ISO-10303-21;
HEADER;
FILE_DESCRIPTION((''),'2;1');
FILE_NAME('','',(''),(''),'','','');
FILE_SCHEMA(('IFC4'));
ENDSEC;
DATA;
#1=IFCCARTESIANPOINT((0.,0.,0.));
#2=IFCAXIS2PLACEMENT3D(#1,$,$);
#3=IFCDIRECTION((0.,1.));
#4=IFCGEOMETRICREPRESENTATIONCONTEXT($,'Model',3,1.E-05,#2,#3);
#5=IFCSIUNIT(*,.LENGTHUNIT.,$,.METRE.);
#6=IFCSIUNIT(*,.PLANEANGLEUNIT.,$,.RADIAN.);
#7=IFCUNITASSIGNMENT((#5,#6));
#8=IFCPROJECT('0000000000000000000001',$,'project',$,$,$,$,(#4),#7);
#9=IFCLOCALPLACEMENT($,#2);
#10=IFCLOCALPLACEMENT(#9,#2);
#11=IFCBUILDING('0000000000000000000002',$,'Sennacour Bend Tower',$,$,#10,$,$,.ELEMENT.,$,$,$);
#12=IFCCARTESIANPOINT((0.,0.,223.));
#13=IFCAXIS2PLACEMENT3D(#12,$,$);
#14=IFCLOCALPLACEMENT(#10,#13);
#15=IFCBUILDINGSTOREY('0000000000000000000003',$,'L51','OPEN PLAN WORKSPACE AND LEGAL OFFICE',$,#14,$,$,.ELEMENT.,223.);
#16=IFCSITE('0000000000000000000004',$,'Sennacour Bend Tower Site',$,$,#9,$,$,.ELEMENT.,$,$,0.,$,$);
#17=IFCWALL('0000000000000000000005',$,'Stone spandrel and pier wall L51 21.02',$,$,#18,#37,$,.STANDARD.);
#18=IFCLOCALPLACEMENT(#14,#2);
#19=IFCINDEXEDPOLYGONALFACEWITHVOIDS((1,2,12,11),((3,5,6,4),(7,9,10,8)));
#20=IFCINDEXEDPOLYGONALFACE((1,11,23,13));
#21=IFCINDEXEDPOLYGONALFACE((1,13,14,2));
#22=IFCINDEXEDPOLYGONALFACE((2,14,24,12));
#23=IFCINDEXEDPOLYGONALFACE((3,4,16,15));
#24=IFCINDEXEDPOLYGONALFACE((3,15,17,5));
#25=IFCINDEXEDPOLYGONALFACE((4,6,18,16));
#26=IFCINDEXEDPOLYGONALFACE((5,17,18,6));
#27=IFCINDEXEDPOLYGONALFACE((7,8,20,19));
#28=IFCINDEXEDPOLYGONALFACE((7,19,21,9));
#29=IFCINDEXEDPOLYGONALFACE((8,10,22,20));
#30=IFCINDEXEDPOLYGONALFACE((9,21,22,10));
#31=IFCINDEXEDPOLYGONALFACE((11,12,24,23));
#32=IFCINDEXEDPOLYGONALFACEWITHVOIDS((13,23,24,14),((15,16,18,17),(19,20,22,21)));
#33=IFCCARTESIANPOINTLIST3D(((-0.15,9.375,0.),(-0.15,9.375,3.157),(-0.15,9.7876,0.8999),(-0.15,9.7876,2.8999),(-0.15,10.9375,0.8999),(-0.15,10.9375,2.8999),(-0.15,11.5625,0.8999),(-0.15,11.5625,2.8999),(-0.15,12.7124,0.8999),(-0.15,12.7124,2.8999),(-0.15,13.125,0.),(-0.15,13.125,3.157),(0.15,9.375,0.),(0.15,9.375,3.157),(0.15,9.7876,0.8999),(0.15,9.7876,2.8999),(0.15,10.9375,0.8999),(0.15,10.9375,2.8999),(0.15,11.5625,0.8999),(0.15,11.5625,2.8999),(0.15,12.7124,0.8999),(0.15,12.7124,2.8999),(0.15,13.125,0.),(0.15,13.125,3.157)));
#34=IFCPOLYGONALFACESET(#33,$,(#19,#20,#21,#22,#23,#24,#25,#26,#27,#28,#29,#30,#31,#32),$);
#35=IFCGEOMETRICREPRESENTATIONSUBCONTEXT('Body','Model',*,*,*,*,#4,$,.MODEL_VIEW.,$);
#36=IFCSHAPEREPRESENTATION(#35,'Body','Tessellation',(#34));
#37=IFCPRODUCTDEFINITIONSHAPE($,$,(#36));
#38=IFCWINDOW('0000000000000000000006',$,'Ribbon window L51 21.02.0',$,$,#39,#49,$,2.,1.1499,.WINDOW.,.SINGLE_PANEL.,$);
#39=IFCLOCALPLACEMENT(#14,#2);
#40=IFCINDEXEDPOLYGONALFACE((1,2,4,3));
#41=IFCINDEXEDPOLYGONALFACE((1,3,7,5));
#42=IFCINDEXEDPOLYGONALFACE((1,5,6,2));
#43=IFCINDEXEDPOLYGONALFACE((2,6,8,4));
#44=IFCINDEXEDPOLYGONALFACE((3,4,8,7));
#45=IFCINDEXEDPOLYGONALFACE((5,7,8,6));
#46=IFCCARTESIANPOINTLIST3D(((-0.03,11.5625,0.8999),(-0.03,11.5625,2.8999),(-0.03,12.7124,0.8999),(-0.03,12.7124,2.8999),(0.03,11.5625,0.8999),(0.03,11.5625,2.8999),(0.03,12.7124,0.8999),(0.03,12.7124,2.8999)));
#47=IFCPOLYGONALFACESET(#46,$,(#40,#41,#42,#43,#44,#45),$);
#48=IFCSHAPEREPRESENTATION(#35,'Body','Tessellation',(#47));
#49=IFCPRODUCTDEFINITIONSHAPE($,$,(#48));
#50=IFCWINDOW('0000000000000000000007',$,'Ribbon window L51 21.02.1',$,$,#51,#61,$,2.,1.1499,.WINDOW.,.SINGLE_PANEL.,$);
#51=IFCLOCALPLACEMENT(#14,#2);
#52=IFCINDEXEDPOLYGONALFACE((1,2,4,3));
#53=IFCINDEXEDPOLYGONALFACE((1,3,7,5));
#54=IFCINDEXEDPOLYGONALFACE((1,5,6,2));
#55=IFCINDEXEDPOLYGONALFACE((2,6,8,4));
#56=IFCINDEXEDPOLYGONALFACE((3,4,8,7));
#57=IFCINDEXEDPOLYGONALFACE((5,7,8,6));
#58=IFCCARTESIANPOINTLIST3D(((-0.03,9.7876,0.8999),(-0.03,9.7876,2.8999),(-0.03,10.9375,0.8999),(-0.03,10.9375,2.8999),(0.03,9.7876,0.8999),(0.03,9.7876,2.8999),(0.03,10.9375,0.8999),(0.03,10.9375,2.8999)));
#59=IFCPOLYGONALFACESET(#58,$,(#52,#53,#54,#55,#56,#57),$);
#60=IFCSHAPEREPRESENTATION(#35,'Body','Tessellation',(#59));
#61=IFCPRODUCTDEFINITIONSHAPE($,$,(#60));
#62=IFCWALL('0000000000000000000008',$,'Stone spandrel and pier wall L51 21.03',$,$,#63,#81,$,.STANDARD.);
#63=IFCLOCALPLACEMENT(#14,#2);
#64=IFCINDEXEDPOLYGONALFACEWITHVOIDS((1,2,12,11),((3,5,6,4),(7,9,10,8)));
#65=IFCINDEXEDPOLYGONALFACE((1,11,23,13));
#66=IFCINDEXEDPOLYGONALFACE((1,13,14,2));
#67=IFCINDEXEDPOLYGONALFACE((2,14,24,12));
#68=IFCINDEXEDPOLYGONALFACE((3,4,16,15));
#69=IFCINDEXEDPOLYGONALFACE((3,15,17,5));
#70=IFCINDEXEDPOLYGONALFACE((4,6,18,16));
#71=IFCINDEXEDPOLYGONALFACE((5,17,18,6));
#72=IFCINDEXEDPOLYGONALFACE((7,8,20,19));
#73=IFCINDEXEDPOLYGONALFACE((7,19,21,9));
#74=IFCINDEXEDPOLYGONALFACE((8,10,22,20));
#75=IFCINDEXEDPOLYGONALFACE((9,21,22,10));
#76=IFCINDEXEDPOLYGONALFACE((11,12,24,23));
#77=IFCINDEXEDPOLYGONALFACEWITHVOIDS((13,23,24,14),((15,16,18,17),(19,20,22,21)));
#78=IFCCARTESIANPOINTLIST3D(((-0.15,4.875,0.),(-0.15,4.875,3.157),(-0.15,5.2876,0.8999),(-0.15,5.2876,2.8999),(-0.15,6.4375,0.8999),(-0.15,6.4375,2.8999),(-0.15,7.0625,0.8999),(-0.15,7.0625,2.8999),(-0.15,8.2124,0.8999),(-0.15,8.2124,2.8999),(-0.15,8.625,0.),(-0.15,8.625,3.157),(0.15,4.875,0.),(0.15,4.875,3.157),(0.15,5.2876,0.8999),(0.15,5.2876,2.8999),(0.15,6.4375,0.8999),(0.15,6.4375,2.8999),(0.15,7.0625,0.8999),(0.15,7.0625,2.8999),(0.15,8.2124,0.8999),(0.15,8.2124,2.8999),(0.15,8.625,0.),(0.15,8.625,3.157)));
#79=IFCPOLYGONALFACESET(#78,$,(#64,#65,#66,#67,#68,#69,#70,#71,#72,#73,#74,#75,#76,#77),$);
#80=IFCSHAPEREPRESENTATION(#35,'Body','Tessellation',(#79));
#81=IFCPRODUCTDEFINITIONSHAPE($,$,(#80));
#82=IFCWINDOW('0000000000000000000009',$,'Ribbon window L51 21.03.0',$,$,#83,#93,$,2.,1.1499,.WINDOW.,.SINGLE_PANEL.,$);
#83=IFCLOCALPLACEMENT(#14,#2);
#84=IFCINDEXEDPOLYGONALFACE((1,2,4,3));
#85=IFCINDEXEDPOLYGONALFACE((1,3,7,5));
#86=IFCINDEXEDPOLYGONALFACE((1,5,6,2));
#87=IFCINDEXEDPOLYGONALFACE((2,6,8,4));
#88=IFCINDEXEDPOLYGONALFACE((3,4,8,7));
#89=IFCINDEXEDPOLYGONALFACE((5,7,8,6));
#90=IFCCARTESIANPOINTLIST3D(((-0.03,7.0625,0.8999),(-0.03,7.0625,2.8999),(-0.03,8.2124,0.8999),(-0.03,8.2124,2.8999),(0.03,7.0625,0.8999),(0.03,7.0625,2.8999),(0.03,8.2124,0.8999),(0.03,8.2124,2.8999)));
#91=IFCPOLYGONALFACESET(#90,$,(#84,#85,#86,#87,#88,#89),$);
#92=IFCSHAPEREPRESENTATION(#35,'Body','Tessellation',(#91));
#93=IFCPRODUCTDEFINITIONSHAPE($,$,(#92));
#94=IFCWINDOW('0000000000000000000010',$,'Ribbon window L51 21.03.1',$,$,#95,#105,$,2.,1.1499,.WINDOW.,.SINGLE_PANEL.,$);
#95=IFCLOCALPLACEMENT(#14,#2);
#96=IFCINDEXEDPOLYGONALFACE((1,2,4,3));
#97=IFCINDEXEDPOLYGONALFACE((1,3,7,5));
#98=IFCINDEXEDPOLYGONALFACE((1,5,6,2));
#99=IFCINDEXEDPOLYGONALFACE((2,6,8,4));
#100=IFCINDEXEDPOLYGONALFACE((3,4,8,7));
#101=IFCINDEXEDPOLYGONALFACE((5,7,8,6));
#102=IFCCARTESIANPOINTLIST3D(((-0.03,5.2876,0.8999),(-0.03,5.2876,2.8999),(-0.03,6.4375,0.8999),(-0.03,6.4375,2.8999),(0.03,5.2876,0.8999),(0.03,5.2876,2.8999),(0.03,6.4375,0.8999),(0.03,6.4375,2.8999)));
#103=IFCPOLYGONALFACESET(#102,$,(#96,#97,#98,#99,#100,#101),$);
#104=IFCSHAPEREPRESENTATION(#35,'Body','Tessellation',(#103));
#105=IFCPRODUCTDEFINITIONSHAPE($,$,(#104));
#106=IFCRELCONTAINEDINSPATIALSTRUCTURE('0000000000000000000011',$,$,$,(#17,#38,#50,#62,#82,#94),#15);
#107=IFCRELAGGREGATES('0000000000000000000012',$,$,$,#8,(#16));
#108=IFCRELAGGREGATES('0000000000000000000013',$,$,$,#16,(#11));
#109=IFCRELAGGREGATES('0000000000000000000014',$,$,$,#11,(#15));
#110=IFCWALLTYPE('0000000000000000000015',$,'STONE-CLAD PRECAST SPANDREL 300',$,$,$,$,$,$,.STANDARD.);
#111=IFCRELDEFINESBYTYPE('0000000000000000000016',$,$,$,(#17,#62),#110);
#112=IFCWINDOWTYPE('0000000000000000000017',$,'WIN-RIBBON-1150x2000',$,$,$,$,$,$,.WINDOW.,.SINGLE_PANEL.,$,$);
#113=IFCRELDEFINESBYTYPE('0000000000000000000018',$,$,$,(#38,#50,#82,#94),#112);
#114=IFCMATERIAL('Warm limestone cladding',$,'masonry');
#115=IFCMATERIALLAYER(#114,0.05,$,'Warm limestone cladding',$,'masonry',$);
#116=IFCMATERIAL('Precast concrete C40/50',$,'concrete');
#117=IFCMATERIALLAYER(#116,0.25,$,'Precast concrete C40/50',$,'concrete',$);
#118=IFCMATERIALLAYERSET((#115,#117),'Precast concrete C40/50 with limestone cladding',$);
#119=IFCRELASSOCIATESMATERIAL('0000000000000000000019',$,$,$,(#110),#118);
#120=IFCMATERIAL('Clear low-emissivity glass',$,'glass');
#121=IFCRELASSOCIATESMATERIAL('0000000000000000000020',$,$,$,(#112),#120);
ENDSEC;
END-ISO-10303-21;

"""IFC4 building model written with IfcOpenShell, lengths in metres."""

from ifc_helpers import new_model, si_unit, direction, frame, frame_2d, origin, place, context, subcontext, project, spatial, rectangle, extrude, material, layer, layer_set, type_object, element, fill, save


model = new_model("IFC4")

# Units and contexts
model_context = context("Model", 3, precision=1e-05, world=origin(), true_north=direction((0.0, 1.0)))
body_context = subcontext(model_context, "Body", "Model", "MODEL_VIEW")
ifc_project = project(units=[si_unit("LENGTHUNIT", "METRE"), si_unit("PLANEANGLEUNIT", "RADIAN")], contexts=[model_context])

# Site, building, storey
site_placement = place(None, origin())
site = spatial("IfcSite", under=ifc_project, at=site_placement, Name="Sennacour Bend Tower Site", CompositionType="ELEMENT", RefElevation=0.0)
building_placement = place(site_placement, origin())
building = spatial("IfcBuilding", under=site, at=building_placement, Name="Sennacour Bend Tower", CompositionType="ELEMENT")
storey_placement = place(building_placement, frame((0.0, 0.0, 223.0)))
storey = spatial("IfcBuildingStorey", under=building, at=storey_placement, Name="L51", Description="OPEN PLAN WORKSPACE AND LEGAL OFFICE", CompositionType="ELEMENT", Elevation=223.0)

# Walls, openings, windows
ifc_material_1 = material(Name="Warm limestone cladding", Category="masonry")
ifc_layer_1 = layer(ifc_material_1, 0.05, Name="Warm limestone cladding", Category="masonry")
ifc_material_2 = material(Name="Precast concrete C40/50", Category="concrete")
ifc_layer_2 = layer(ifc_material_2, 0.25, Name="Precast concrete C40/50", Category="concrete")
ifc_layer_set_1 = layer_set([ifc_layer_1, ifc_layer_2], Name="Precast concrete C40/50 with limestone cladding")
wall_type_1 = type_object("IfcWallType", Name="STONE-CLAD PRECAST SPANDREL 300", PredefinedType="STANDARD", material=ifc_layer_set_1)
ifc_material_3 = material(Name="Clear low-emissivity glass", Category="glass")
window_type = type_object("IfcWindowType", Name="WIN-RIBBON-1150x2000", PartitioningType="SINGLE_PANEL", PredefinedType="WINDOW", material=ifc_material_3)
wall_1_placement = place(storey_placement, frame((0.0, 13.125, 0.0), z_axis=(0.0, 0.0, 1.0), x_axis=(0.0, -1.0, 0.0)))
wall_1 = element("IfcWall", 1, at=wall_1_placement, inside=storey, type_object=wall_type_1, Name="Stone spandrel and pier wall L51 21.02", PredefinedType="STANDARD", context=body_context, shape_type="SweptSolid", body=[
    extrude(rectangle(XDim=3.75, YDim=0.3, at=frame_2d((1.875, 0.0))), origin(), (0.0, 0.0, 1.0), 3.157),
])
opening_1_placement = place(wall_1_placement, frame((0.4126, 0.0, 0.8999)))
opening_1 = element("IfcOpeningElement", 2, at=opening_1_placement, cuts=wall_1, PredefinedType="OPENING", context=body_context, shape_type="SweptSolid", body=[
    extrude(rectangle(XDim=1.1499, YDim=2.0, at=frame_2d((0.575, 1.0))), frame((0.0, 0.1602, 0.0), z_axis=(0.0, -1.0, 0.0), x_axis=(1.0, 0.0, 0.0)), (0.0, 0.0, 1.0), 0.3201),
])
opening_2_placement = place(wall_1_placement, frame((2.1875, 0.0, 0.8999)))
opening_2 = element("IfcOpeningElement", 3, at=opening_2_placement, cuts=wall_1, PredefinedType="OPENING", context=body_context, shape_type="SweptSolid", body=[
    extrude(rectangle(XDim=1.1499, YDim=2.0, at=frame_2d((0.575, 1.0))), frame((0.0, 0.1602, 0.0), z_axis=(0.0, -1.0, 0.0), x_axis=(1.0, 0.0, 0.0)), (0.0, 0.0, 1.0), 0.3201),
])
window_1_placement = place(opening_1_placement, origin())
window_1 = element("IfcWindow", 4, at=window_1_placement, inside=storey, type_object=window_type, Name="Ribbon window L51 21.02.0", OverallHeight=2.0, OverallWidth=1.1499, PartitioningType="SINGLE_PANEL", PredefinedType="WINDOW", context=body_context, shape_type="SweptSolid", body=[
    extrude(rectangle(XDim=1.1499, YDim=2.0, at=frame_2d((0.575, 1.0))), frame((0.0, 0.03, 0.0), z_axis=(0.0, -1.0, 0.0), x_axis=(1.0, 0.0, 0.0)), (0.0, 0.0, 1.0), 0.0601),
])
fill(opening_1, window_1)
window_2_placement = place(opening_2_placement, origin())
window_2 = element("IfcWindow", 5, at=window_2_placement, inside=storey, type_object=window_type, Name="Ribbon window L51 21.02.1", OverallHeight=2.0, OverallWidth=1.1499, PartitioningType="SINGLE_PANEL", PredefinedType="WINDOW", context=body_context, shape_type="SweptSolid", body=[
    extrude(rectangle(XDim=1.1499, YDim=2.0, at=frame_2d((0.575, 1.0))), frame((0.0, 0.03, 0.0), z_axis=(0.0, -1.0, 0.0), x_axis=(1.0, 0.0, 0.0)), (0.0, 0.0, 1.0), 0.0601),
])
fill(opening_2, window_2)
wall_2_placement = place(storey_placement, frame((0.0, 8.625, 0.0), z_axis=(0.0, 0.0, 1.0), x_axis=(0.0, -1.0, 0.0)))
wall_2 = element("IfcWall", 6, at=wall_2_placement, inside=storey, type_object=wall_type_1, Name="Stone spandrel and pier wall L51 21.03", PredefinedType="STANDARD", context=body_context, shape_type="SweptSolid", body=[
    extrude(rectangle(XDim=3.75, YDim=0.3, at=frame_2d((1.875, 0.0))), origin(), (0.0, 0.0, 1.0), 3.157),
])
opening_3_placement = place(wall_2_placement, frame((0.4126, 0.0, 0.8999)))
opening_3 = element("IfcOpeningElement", 7, at=opening_3_placement, cuts=wall_2, PredefinedType="OPENING", context=body_context, shape_type="SweptSolid", body=[
    extrude(rectangle(XDim=1.1499, YDim=2.0, at=frame_2d((0.575, 1.0))), frame((0.0, 0.1602, 0.0), z_axis=(0.0, -1.0, 0.0), x_axis=(1.0, 0.0, 0.0)), (0.0, 0.0, 1.0), 0.3201),
])
opening_4_placement = place(wall_2_placement, frame((2.1875, 0.0, 0.8999)))
opening_4 = element("IfcOpeningElement", 8, at=opening_4_placement, cuts=wall_2, PredefinedType="OPENING", context=body_context, shape_type="SweptSolid", body=[
    extrude(rectangle(XDim=1.1499, YDim=2.0, at=frame_2d((0.575, 1.0))), frame((0.0, 0.1602, 0.0), z_axis=(0.0, -1.0, 0.0), x_axis=(1.0, 0.0, 0.0)), (0.0, 0.0, 1.0), 0.3201),
])
window_3_placement = place(opening_3_placement, origin())
window_3 = element("IfcWindow", 9, at=window_3_placement, inside=storey, type_object=window_type, Name="Ribbon window L51 21.03.0", OverallHeight=2.0, OverallWidth=1.1499, PartitioningType="SINGLE_PANEL", PredefinedType="WINDOW", context=body_context, shape_type="SweptSolid", body=[
    extrude(rectangle(XDim=1.1499, YDim=2.0, at=frame_2d((0.575, 1.0))), frame((0.0, 0.03, 0.0), z_axis=(0.0, -1.0, 0.0), x_axis=(1.0, 0.0, 0.0)), (0.0, 0.0, 1.0), 0.0601),
])
fill(opening_3, window_3)
window_4_placement = place(opening_4_placement, origin())
window_4 = element("IfcWindow", 10, at=window_4_placement, inside=storey, type_object=window_type, Name="Ribbon window L51 21.03.1", OverallHeight=2.0, OverallWidth=1.1499, PartitioningType="SINGLE_PANEL", PredefinedType="WINDOW", context=body_context, shape_type="SweptSolid", body=[
    extrude(rectangle(XDim=1.1499, YDim=2.0, at=frame_2d((0.575, 1.0))), frame((0.0, 0.03, 0.0), z_axis=(0.0, -1.0, 0.0), x_axis=(1.0, 0.0, 0.0)), (0.0, 0.0, 1.0), 0.0601),
])
fill(opening_4, window_4)

save(model, "model.ifc")
